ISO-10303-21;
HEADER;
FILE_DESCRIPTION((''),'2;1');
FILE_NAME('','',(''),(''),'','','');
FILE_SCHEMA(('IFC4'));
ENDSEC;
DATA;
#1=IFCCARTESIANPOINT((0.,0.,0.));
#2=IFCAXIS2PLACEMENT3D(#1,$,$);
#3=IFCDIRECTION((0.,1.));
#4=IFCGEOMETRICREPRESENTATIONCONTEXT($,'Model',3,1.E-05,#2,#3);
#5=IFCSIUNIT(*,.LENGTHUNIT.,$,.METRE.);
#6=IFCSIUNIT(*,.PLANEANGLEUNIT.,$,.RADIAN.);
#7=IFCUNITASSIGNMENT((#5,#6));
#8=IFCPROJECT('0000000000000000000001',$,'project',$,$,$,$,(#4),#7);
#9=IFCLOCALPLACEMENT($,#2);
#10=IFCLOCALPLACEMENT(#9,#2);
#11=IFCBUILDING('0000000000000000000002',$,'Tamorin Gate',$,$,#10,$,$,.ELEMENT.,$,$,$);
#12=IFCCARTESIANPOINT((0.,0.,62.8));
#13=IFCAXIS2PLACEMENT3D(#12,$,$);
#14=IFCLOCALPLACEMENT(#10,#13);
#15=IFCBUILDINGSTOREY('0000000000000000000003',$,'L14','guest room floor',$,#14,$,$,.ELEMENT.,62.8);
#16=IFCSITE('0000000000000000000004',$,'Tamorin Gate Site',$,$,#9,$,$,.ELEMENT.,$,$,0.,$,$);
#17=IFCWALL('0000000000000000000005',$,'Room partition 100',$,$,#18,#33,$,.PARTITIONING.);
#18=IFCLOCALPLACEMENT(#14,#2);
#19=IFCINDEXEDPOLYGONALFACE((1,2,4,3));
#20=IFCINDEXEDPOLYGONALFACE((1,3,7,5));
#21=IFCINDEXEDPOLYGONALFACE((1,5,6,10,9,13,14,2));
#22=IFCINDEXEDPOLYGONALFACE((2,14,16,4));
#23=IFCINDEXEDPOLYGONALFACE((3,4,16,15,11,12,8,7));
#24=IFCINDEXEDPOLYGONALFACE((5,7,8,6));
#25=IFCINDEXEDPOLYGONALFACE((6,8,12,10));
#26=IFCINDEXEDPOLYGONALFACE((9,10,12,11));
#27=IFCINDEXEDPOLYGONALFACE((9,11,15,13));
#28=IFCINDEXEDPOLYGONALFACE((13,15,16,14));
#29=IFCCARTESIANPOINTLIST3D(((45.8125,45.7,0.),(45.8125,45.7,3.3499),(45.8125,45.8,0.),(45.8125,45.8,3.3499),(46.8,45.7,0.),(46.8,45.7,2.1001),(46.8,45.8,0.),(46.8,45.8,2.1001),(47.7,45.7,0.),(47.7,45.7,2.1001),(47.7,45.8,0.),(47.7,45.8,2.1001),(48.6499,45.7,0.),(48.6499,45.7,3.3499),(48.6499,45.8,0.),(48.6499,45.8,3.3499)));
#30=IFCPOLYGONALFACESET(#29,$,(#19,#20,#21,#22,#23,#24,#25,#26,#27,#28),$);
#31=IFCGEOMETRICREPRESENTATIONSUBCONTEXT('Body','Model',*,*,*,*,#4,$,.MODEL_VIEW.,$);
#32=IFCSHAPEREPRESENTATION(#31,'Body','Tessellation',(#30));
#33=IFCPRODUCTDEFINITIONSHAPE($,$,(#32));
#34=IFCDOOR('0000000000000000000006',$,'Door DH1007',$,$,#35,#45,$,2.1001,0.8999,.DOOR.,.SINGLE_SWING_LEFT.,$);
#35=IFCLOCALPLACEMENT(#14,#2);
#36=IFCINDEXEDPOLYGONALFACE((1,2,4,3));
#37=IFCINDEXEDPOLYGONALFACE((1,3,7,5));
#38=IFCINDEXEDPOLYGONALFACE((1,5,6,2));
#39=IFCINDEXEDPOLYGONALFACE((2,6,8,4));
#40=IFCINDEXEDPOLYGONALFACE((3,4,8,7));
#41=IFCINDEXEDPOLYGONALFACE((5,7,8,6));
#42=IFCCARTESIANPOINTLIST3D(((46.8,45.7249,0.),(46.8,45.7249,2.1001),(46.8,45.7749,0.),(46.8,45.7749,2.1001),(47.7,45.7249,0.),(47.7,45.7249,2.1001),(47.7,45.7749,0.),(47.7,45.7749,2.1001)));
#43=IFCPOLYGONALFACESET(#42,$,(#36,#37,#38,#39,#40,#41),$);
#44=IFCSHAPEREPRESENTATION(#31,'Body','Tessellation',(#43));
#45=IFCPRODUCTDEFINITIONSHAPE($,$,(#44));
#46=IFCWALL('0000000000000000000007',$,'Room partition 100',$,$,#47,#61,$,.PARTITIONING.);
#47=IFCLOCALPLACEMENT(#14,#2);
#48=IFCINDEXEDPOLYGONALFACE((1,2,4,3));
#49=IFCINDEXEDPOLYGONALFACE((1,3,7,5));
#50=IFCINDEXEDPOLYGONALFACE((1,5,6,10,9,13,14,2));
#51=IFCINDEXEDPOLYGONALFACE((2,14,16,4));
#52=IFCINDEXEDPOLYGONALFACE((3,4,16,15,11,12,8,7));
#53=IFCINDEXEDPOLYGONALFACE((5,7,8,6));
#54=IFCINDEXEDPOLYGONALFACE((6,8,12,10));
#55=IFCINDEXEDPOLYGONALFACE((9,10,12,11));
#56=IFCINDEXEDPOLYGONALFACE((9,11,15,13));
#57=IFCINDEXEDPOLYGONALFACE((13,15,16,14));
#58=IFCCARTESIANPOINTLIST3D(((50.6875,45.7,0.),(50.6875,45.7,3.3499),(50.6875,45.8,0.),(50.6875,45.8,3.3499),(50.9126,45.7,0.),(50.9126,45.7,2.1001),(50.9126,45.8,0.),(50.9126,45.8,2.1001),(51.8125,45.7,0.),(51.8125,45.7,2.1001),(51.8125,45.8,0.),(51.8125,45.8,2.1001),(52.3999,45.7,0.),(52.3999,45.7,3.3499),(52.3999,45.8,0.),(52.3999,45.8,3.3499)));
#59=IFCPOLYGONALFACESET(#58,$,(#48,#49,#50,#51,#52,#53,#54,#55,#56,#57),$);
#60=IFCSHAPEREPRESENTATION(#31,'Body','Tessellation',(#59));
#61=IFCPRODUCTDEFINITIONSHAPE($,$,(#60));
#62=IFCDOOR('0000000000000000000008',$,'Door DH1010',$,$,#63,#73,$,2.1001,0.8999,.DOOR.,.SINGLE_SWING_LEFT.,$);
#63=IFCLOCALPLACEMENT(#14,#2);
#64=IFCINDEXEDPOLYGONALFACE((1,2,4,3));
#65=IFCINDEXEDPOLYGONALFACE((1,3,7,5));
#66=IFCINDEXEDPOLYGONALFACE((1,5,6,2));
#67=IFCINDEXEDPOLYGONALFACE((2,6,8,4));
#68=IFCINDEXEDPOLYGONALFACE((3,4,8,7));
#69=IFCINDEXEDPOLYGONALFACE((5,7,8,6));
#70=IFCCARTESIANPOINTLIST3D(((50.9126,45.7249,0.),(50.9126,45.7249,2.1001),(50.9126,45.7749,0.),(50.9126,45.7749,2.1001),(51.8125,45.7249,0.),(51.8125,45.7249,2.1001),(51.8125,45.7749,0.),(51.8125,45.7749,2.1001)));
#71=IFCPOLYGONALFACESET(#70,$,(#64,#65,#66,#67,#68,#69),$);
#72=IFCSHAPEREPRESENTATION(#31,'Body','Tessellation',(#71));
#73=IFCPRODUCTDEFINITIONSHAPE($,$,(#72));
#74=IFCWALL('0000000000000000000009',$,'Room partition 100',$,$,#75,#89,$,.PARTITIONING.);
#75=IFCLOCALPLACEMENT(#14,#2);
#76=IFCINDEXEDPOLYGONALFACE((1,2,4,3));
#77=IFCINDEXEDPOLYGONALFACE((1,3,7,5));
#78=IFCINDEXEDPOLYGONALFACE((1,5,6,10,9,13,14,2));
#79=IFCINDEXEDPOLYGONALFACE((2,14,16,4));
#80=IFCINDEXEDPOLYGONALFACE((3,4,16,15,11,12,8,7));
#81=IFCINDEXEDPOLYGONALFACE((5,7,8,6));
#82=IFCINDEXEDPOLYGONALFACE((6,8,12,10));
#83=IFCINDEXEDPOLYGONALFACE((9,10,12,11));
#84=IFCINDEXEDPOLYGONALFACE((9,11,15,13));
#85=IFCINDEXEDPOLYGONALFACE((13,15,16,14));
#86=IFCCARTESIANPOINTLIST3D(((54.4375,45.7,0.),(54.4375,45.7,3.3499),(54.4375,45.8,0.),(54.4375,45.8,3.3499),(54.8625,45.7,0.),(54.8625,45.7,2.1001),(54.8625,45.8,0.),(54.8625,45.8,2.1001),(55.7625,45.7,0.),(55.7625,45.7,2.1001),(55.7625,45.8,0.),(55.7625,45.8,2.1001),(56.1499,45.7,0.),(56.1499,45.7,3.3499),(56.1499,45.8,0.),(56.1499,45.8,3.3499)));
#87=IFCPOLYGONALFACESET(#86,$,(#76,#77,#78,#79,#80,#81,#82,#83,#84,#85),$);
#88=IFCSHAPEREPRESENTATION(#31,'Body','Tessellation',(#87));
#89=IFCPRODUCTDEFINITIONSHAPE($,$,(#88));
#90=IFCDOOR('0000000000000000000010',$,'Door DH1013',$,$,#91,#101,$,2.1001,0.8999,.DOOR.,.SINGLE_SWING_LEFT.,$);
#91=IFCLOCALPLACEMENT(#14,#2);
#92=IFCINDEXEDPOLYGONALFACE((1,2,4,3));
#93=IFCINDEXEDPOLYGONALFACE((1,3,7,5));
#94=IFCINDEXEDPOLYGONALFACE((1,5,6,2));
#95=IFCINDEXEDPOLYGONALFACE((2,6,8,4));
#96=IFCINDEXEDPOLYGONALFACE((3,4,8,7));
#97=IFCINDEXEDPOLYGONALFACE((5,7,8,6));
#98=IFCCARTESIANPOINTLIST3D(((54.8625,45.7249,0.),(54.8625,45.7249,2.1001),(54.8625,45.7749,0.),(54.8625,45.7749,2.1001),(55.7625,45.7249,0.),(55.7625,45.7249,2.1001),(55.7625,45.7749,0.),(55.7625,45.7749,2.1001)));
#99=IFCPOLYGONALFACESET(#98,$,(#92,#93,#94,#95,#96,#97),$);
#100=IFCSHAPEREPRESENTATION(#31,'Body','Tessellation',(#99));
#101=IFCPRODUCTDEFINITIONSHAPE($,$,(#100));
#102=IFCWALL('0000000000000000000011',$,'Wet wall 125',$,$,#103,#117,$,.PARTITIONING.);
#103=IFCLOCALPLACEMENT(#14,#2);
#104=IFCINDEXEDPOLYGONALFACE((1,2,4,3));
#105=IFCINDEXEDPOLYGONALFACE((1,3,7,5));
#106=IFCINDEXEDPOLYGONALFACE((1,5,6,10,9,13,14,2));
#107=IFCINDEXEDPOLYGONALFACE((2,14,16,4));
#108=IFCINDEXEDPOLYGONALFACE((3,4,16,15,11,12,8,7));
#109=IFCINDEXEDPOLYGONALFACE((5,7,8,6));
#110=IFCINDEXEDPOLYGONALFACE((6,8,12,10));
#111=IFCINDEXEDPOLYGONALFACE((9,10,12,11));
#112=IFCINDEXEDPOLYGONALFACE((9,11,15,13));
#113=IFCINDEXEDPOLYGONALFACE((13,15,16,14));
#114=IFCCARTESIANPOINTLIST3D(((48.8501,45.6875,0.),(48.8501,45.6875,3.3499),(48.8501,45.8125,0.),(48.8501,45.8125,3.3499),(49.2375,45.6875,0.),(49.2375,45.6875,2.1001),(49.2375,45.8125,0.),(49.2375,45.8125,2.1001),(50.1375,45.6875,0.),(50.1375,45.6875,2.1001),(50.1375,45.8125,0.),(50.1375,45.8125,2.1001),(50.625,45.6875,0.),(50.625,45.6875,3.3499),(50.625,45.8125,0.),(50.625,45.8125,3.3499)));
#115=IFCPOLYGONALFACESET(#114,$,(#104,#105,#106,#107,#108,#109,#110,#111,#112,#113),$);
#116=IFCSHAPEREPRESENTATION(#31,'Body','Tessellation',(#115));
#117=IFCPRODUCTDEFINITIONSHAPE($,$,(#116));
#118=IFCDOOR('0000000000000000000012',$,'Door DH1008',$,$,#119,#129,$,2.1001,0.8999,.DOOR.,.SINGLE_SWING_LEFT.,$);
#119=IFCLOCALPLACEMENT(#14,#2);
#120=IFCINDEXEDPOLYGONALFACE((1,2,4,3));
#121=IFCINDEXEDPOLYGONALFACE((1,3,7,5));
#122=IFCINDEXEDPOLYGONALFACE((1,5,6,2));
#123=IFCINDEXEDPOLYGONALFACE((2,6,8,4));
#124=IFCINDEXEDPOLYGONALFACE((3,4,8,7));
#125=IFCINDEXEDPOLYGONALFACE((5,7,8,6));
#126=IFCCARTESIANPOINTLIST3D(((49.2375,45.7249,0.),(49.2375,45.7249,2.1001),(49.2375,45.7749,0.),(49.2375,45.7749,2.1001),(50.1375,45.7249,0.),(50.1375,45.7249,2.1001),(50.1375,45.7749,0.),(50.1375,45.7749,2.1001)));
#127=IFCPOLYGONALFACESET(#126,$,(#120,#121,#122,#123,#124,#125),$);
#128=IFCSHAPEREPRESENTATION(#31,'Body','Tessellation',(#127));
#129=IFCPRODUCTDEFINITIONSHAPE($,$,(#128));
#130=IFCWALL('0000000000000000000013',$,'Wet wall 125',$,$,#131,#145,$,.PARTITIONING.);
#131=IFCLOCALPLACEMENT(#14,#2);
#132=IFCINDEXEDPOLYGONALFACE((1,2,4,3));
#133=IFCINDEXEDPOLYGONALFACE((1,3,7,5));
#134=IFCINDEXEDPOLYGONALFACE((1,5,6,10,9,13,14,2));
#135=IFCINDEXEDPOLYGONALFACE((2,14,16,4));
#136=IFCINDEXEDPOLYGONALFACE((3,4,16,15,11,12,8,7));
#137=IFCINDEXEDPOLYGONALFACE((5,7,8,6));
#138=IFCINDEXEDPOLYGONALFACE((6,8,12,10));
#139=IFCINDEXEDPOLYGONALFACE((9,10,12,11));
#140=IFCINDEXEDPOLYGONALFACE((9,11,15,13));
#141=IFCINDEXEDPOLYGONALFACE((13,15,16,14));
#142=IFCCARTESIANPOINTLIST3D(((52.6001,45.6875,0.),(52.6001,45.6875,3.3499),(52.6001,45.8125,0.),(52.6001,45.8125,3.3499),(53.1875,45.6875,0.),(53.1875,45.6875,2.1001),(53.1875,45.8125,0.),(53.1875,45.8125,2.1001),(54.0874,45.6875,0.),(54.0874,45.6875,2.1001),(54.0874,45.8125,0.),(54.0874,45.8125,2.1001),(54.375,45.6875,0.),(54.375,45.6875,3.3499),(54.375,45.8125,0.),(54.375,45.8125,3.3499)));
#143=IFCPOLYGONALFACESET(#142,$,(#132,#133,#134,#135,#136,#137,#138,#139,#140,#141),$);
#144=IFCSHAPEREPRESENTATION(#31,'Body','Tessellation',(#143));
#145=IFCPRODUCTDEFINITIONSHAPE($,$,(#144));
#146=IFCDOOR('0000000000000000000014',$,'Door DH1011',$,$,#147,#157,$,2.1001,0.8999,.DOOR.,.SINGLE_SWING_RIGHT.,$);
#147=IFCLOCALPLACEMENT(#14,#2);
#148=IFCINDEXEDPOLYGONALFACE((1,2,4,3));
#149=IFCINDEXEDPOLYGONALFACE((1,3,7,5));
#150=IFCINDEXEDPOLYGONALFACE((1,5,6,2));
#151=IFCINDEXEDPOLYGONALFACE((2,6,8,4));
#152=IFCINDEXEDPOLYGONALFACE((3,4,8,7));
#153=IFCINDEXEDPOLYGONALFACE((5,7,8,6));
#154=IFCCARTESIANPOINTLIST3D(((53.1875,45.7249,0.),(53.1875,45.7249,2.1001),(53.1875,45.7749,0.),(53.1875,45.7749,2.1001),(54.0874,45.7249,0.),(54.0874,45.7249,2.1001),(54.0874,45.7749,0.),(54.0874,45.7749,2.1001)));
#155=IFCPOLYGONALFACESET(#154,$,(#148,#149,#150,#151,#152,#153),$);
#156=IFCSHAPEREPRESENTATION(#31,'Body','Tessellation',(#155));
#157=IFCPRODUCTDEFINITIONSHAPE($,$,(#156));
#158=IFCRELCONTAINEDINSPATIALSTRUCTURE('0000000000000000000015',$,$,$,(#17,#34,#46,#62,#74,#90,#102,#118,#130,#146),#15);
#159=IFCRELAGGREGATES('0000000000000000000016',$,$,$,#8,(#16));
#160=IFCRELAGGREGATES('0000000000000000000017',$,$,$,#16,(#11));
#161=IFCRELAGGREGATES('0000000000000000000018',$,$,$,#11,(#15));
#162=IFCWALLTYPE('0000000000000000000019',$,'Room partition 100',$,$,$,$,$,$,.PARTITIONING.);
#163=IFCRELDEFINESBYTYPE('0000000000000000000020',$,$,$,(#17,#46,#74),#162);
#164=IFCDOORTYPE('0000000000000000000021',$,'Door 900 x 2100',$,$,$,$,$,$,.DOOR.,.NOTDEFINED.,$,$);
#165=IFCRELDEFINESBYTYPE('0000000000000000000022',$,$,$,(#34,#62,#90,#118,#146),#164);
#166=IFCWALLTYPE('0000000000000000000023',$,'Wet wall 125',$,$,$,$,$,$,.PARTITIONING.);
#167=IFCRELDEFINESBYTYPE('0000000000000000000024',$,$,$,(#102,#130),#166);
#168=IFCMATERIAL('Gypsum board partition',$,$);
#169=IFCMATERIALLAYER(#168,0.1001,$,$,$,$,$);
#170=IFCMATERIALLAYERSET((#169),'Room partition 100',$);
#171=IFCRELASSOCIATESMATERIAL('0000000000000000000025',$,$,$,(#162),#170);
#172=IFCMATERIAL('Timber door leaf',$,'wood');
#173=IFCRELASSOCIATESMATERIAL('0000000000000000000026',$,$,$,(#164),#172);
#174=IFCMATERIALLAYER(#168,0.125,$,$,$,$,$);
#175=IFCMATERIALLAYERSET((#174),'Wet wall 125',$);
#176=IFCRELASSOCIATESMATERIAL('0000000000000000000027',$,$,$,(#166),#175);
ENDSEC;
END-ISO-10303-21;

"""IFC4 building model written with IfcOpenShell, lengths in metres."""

from ifc_helpers import new_model, si_unit, direction, frame, frame_2d, origin, place, context, subcontext, project, spatial, rectangle, extrude, material, layer, layer_set, type_object, element, fill, save


model = new_model("IFC4")

# Units and contexts
model_context = context("Model", 3, precision=1e-05, world=origin(), true_north=direction((0.0, 1.0)))
body_context = subcontext(model_context, "Body", "Model", "MODEL_VIEW")
ifc_project = project(units=[si_unit("LENGTHUNIT", "METRE"), si_unit("PLANEANGLEUNIT", "RADIAN")], contexts=[model_context])

# Site, building, storey
site_placement = place(None, origin())
site = spatial("IfcSite", under=ifc_project, at=site_placement, Name="Tamorin Gate Site", CompositionType="ELEMENT", RefElevation=0.0)
building_placement = place(site_placement, origin())
building = spatial("IfcBuilding", under=site, at=building_placement, Name="Tamorin Gate", CompositionType="ELEMENT")
storey_placement = place(building_placement, frame((0.0, 0.0, 62.8)))
storey = spatial("IfcBuildingStorey", under=building, at=storey_placement, Name="L14", Description="guest room floor", CompositionType="ELEMENT", Elevation=62.8)

# Shared definitions
ifc_material_1 = material(Name="Gypsum board partition")

# Walls, openings, doors
ifc_layer_1 = layer(ifc_material_1, 0.1001)
ifc_layer_set_1 = layer_set([ifc_layer_1], Name="Room partition 100")
wall_type_1 = type_object("IfcWallType", Name="Room partition 100", PredefinedType="PARTITIONING", material=ifc_layer_set_1)
wall_1_placement = place(storey_placement, frame((45.8125, 45.75, 0.0), z_axis=(0.0, 0.0, 1.0), x_axis=(1.0, 0.0, 0.0)))
wall_1 = element("IfcWall", 1, at=wall_1_placement, inside=storey, type_object=wall_type_1, Name="Room partition 100", PredefinedType="PARTITIONING", context=body_context, shape_type="SweptSolid", body=[
    extrude(rectangle(XDim=2.8374, YDim=0.1001, at=frame_2d((1.4187, 0.0))), origin(), (0.0, 0.0, 1.0), 3.3499),
])
opening_1_placement = place(wall_1_placement, frame((0.9875, 0.0, 0.0)))
opening_1 = element("IfcOpeningElement", 2, at=opening_1_placement, cuts=wall_1, PredefinedType="OPENING", context=body_context, shape_type="SweptSolid", body=[
    extrude(rectangle(XDim=0.8999, YDim=2.1001, at=frame_2d((0.45, 1.05))), frame((0.0, 0.0601, 0.0), z_axis=(0.0, -1.0, 0.0), x_axis=(1.0, 0.0, 0.0)), (0.0, 0.0, 1.0), 0.1201),
])
ifc_material_2 = material(Name="Timber door leaf", Category="wood")
door_type = type_object("IfcDoorType", Name="Door 900 x 2100", OperationType="NOTDEFINED", PredefinedType="DOOR", material=ifc_material_2)
door_1_placement = place(opening_1_placement, origin())
door_1 = element("IfcDoor", 3, at=door_1_placement, inside=storey, type_object=door_type, Name="Door DH1007", OperationType="SINGLE_SWING_LEFT", OverallHeight=2.1001, OverallWidth=0.8999, PredefinedType="DOOR", context=body_context, shape_type="SweptSolid", body=[
    extrude(rectangle(XDim=0.8999, YDim=2.1001, at=frame_2d((0.45, 1.05))), frame((0.0, 0.0249, 0.0), z_axis=(0.0, -1.0, 0.0), x_axis=(1.0, 0.0, 0.0)), (0.0, 0.0, 1.0), 0.05),
])
fill(opening_1, door_1)
wall_2_placement = place(storey_placement, frame((50.6875, 45.75, 0.0), z_axis=(0.0, 0.0, 1.0), x_axis=(1.0, 0.0, 0.0)))
wall_2 = element("IfcWall", 4, at=wall_2_placement, inside=storey, type_object=wall_type_1, Name="Room partition 100", PredefinedType="PARTITIONING", context=body_context, shape_type="SweptSolid", body=[
    extrude(rectangle(XDim=1.7124, YDim=0.1001, at=frame_2d((0.8562, 0.0))), origin(), (0.0, 0.0, 1.0), 3.3499),
])
opening_2_placement = place(wall_2_placement, frame((0.2251, 0.0, 0.0)))
opening_2 = element("IfcOpeningElement", 5, at=opening_2_placement, cuts=wall_2, PredefinedType="OPENING", context=body_context, shape_type="SweptSolid", body=[
    extrude(rectangle(XDim=0.8999, YDim=2.1001, at=frame_2d((0.45, 1.05))), frame((0.0, 0.0601, 0.0), z_axis=(0.0, -1.0, 0.0), x_axis=(1.0, 0.0, 0.0)), (0.0, 0.0, 1.0), 0.1201),
])
door_2_placement = place(opening_2_placement, origin())
door_2 = element("IfcDoor", 6, at=door_2_placement, inside=storey, type_object=door_type, Name="Door DH1010", OperationType="SINGLE_SWING_LEFT", OverallHeight=2.1001, OverallWidth=0.8999, PredefinedType="DOOR", context=body_context, shape_type="SweptSolid", body=[
    extrude(rectangle(XDim=0.8999, YDim=2.1001, at=frame_2d((0.45, 1.05))), frame((0.0, 0.0249, 0.0), z_axis=(0.0, -1.0, 0.0), x_axis=(1.0, 0.0, 0.0)), (0.0, 0.0, 1.0), 0.05),
])
fill(opening_2, door_2)
wall_3_placement = place(storey_placement, frame((54.4375, 45.75, 0.0), z_axis=(0.0, 0.0, 1.0), x_axis=(1.0, 0.0, 0.0)))
wall_3 = element("IfcWall", 7, at=wall_3_placement, inside=storey, type_object=wall_type_1, Name="Room partition 100", PredefinedType="PARTITIONING", context=body_context, shape_type="SweptSolid", body=[
    extrude(rectangle(XDim=1.7124, YDim=0.1001, at=frame_2d((0.8562, 0.0))), origin(), (0.0, 0.0, 1.0), 3.3499),
])
opening_3_placement = place(wall_3_placement, frame((0.425, 0.0, 0.0)))
opening_3 = element("IfcOpeningElement", 8, at=opening_3_placement, cuts=wall_3, PredefinedType="OPENING", context=body_context, shape_type="SweptSolid", body=[
    extrude(rectangle(XDim=0.8999, YDim=2.1001, at=frame_2d((0.45, 1.05))), frame((0.0, 0.0601, 0.0), z_axis=(0.0, -1.0, 0.0), x_axis=(1.0, 0.0, 0.0)), (0.0, 0.0, 1.0), 0.1201),
])
door_3_placement = place(opening_3_placement, origin())
door_3 = element("IfcDoor", 9, at=door_3_placement, inside=storey, type_object=door_type, Name="Door DH1013", OperationType="SINGLE_SWING_LEFT", OverallHeight=2.1001, OverallWidth=0.8999, PredefinedType="DOOR", context=body_context, shape_type="SweptSolid", body=[
    extrude(rectangle(XDim=0.8999, YDim=2.1001, at=frame_2d((0.45, 1.05))), frame((0.0, 0.0249, 0.0), z_axis=(0.0, -1.0, 0.0), x_axis=(1.0, 0.0, 0.0)), (0.0, 0.0, 1.0), 0.05),
])
fill(opening_3, door_3)
ifc_layer_2 = layer(ifc_material_1, 0.125)
ifc_layer_set_2 = layer_set([ifc_layer_2], Name="Wet wall 125")
wall_type_2 = type_object("IfcWallType", Name="Wet wall 125", PredefinedType="PARTITIONING", material=ifc_layer_set_2)
wall_4_placement = place(storey_placement, frame((48.8501, 45.75, 0.0), z_axis=(0.0, 0.0, 1.0), x_axis=(1.0, 0.0, 0.0)))
wall_4 = element("IfcWall", 10, at=wall_4_placement, inside=storey, type_object=wall_type_2, Name="Wet wall 125", PredefinedType="PARTITIONING", context=body_context, shape_type="SweptSolid", body=[
    extrude(rectangle(XDim=1.7749, YDim=0.125, at=frame_2d((0.8875, 0.0))), origin(), (0.0, 0.0, 1.0), 3.3499),
])
opening_4_placement = place(wall_4_placement, frame((0.3875, 0.0, 0.0)))
opening_4 = element("IfcOpeningElement", 11, at=opening_4_placement, cuts=wall_4, PredefinedType="OPENING", context=body_context, shape_type="SweptSolid", body=[
    extrude(rectangle(XDim=0.8999, YDim=2.1001, at=frame_2d((0.45, 1.05))), frame((0.0, 0.0725, 0.0), z_axis=(0.0, -1.0, 0.0), x_axis=(1.0, 0.0, 0.0)), (0.0, 0.0, 1.0), 0.145),
])
door_4_placement = place(opening_4_placement, origin())
door_4 = element("IfcDoor", 12, at=door_4_placement, inside=storey, type_object=door_type, Name="Door DH1008", OperationType="SINGLE_SWING_LEFT", OverallHeight=2.1001, OverallWidth=0.8999, PredefinedType="DOOR", context=body_context, shape_type="SweptSolid", body=[
    extrude(rectangle(XDim=0.8999, YDim=2.1001, at=frame_2d((0.45, 1.05))), frame((0.0, 0.0249, 0.0), z_axis=(0.0, -1.0, 0.0), x_axis=(1.0, 0.0, 0.0)), (0.0, 0.0, 1.0), 0.05),
])
fill(opening_4, door_4)
wall_5_placement = place(storey_placement, frame((52.6001, 45.75, 0.0), z_axis=(0.0, 0.0, 1.0), x_axis=(1.0, 0.0, 0.0)))
wall_5 = element("IfcWall", 13, at=wall_5_placement, inside=storey, type_object=wall_type_2, Name="Wet wall 125", PredefinedType="PARTITIONING", context=body_context, shape_type="SweptSolid", body=[
    extrude(rectangle(XDim=1.7749, YDim=0.125, at=frame_2d((0.8875, 0.0))), origin(), (0.0, 0.0, 1.0), 3.3499),
])
opening_5_placement = place(wall_5_placement, frame((0.5874, 0.0, 0.0)))
opening_5 = element("IfcOpeningElement", 14, at=opening_5_placement, cuts=wall_5, PredefinedType="OPENING", context=body_context, shape_type="SweptSolid", body=[
    extrude(rectangle(XDim=0.8999, YDim=2.1001, at=frame_2d((0.45, 1.05))), frame((0.0, 0.0725, 0.0), z_axis=(0.0, -1.0, 0.0), x_axis=(1.0, 0.0, 0.0)), (0.0, 0.0, 1.0), 0.145),
])
door_5_placement = place(opening_5_placement, origin())
door_5 = element("IfcDoor", 15, at=door_5_placement, inside=storey, type_object=door_type, Name="Door DH1011", OperationType="SINGLE_SWING_RIGHT", OverallHeight=2.1001, OverallWidth=0.8999, PredefinedType="DOOR", context=body_context, shape_type="SweptSolid", body=[
    extrude(rectangle(XDim=0.8999, YDim=2.1001, at=frame_2d((0.45, 1.05))), frame((0.0, 0.0249, 0.0), z_axis=(0.0, -1.0, 0.0), x_axis=(1.0, 0.0, 0.0)), (0.0, 0.0, 1.0), 0.05),
])
fill(opening_5, door_5)

save(model, "model.ifc")
